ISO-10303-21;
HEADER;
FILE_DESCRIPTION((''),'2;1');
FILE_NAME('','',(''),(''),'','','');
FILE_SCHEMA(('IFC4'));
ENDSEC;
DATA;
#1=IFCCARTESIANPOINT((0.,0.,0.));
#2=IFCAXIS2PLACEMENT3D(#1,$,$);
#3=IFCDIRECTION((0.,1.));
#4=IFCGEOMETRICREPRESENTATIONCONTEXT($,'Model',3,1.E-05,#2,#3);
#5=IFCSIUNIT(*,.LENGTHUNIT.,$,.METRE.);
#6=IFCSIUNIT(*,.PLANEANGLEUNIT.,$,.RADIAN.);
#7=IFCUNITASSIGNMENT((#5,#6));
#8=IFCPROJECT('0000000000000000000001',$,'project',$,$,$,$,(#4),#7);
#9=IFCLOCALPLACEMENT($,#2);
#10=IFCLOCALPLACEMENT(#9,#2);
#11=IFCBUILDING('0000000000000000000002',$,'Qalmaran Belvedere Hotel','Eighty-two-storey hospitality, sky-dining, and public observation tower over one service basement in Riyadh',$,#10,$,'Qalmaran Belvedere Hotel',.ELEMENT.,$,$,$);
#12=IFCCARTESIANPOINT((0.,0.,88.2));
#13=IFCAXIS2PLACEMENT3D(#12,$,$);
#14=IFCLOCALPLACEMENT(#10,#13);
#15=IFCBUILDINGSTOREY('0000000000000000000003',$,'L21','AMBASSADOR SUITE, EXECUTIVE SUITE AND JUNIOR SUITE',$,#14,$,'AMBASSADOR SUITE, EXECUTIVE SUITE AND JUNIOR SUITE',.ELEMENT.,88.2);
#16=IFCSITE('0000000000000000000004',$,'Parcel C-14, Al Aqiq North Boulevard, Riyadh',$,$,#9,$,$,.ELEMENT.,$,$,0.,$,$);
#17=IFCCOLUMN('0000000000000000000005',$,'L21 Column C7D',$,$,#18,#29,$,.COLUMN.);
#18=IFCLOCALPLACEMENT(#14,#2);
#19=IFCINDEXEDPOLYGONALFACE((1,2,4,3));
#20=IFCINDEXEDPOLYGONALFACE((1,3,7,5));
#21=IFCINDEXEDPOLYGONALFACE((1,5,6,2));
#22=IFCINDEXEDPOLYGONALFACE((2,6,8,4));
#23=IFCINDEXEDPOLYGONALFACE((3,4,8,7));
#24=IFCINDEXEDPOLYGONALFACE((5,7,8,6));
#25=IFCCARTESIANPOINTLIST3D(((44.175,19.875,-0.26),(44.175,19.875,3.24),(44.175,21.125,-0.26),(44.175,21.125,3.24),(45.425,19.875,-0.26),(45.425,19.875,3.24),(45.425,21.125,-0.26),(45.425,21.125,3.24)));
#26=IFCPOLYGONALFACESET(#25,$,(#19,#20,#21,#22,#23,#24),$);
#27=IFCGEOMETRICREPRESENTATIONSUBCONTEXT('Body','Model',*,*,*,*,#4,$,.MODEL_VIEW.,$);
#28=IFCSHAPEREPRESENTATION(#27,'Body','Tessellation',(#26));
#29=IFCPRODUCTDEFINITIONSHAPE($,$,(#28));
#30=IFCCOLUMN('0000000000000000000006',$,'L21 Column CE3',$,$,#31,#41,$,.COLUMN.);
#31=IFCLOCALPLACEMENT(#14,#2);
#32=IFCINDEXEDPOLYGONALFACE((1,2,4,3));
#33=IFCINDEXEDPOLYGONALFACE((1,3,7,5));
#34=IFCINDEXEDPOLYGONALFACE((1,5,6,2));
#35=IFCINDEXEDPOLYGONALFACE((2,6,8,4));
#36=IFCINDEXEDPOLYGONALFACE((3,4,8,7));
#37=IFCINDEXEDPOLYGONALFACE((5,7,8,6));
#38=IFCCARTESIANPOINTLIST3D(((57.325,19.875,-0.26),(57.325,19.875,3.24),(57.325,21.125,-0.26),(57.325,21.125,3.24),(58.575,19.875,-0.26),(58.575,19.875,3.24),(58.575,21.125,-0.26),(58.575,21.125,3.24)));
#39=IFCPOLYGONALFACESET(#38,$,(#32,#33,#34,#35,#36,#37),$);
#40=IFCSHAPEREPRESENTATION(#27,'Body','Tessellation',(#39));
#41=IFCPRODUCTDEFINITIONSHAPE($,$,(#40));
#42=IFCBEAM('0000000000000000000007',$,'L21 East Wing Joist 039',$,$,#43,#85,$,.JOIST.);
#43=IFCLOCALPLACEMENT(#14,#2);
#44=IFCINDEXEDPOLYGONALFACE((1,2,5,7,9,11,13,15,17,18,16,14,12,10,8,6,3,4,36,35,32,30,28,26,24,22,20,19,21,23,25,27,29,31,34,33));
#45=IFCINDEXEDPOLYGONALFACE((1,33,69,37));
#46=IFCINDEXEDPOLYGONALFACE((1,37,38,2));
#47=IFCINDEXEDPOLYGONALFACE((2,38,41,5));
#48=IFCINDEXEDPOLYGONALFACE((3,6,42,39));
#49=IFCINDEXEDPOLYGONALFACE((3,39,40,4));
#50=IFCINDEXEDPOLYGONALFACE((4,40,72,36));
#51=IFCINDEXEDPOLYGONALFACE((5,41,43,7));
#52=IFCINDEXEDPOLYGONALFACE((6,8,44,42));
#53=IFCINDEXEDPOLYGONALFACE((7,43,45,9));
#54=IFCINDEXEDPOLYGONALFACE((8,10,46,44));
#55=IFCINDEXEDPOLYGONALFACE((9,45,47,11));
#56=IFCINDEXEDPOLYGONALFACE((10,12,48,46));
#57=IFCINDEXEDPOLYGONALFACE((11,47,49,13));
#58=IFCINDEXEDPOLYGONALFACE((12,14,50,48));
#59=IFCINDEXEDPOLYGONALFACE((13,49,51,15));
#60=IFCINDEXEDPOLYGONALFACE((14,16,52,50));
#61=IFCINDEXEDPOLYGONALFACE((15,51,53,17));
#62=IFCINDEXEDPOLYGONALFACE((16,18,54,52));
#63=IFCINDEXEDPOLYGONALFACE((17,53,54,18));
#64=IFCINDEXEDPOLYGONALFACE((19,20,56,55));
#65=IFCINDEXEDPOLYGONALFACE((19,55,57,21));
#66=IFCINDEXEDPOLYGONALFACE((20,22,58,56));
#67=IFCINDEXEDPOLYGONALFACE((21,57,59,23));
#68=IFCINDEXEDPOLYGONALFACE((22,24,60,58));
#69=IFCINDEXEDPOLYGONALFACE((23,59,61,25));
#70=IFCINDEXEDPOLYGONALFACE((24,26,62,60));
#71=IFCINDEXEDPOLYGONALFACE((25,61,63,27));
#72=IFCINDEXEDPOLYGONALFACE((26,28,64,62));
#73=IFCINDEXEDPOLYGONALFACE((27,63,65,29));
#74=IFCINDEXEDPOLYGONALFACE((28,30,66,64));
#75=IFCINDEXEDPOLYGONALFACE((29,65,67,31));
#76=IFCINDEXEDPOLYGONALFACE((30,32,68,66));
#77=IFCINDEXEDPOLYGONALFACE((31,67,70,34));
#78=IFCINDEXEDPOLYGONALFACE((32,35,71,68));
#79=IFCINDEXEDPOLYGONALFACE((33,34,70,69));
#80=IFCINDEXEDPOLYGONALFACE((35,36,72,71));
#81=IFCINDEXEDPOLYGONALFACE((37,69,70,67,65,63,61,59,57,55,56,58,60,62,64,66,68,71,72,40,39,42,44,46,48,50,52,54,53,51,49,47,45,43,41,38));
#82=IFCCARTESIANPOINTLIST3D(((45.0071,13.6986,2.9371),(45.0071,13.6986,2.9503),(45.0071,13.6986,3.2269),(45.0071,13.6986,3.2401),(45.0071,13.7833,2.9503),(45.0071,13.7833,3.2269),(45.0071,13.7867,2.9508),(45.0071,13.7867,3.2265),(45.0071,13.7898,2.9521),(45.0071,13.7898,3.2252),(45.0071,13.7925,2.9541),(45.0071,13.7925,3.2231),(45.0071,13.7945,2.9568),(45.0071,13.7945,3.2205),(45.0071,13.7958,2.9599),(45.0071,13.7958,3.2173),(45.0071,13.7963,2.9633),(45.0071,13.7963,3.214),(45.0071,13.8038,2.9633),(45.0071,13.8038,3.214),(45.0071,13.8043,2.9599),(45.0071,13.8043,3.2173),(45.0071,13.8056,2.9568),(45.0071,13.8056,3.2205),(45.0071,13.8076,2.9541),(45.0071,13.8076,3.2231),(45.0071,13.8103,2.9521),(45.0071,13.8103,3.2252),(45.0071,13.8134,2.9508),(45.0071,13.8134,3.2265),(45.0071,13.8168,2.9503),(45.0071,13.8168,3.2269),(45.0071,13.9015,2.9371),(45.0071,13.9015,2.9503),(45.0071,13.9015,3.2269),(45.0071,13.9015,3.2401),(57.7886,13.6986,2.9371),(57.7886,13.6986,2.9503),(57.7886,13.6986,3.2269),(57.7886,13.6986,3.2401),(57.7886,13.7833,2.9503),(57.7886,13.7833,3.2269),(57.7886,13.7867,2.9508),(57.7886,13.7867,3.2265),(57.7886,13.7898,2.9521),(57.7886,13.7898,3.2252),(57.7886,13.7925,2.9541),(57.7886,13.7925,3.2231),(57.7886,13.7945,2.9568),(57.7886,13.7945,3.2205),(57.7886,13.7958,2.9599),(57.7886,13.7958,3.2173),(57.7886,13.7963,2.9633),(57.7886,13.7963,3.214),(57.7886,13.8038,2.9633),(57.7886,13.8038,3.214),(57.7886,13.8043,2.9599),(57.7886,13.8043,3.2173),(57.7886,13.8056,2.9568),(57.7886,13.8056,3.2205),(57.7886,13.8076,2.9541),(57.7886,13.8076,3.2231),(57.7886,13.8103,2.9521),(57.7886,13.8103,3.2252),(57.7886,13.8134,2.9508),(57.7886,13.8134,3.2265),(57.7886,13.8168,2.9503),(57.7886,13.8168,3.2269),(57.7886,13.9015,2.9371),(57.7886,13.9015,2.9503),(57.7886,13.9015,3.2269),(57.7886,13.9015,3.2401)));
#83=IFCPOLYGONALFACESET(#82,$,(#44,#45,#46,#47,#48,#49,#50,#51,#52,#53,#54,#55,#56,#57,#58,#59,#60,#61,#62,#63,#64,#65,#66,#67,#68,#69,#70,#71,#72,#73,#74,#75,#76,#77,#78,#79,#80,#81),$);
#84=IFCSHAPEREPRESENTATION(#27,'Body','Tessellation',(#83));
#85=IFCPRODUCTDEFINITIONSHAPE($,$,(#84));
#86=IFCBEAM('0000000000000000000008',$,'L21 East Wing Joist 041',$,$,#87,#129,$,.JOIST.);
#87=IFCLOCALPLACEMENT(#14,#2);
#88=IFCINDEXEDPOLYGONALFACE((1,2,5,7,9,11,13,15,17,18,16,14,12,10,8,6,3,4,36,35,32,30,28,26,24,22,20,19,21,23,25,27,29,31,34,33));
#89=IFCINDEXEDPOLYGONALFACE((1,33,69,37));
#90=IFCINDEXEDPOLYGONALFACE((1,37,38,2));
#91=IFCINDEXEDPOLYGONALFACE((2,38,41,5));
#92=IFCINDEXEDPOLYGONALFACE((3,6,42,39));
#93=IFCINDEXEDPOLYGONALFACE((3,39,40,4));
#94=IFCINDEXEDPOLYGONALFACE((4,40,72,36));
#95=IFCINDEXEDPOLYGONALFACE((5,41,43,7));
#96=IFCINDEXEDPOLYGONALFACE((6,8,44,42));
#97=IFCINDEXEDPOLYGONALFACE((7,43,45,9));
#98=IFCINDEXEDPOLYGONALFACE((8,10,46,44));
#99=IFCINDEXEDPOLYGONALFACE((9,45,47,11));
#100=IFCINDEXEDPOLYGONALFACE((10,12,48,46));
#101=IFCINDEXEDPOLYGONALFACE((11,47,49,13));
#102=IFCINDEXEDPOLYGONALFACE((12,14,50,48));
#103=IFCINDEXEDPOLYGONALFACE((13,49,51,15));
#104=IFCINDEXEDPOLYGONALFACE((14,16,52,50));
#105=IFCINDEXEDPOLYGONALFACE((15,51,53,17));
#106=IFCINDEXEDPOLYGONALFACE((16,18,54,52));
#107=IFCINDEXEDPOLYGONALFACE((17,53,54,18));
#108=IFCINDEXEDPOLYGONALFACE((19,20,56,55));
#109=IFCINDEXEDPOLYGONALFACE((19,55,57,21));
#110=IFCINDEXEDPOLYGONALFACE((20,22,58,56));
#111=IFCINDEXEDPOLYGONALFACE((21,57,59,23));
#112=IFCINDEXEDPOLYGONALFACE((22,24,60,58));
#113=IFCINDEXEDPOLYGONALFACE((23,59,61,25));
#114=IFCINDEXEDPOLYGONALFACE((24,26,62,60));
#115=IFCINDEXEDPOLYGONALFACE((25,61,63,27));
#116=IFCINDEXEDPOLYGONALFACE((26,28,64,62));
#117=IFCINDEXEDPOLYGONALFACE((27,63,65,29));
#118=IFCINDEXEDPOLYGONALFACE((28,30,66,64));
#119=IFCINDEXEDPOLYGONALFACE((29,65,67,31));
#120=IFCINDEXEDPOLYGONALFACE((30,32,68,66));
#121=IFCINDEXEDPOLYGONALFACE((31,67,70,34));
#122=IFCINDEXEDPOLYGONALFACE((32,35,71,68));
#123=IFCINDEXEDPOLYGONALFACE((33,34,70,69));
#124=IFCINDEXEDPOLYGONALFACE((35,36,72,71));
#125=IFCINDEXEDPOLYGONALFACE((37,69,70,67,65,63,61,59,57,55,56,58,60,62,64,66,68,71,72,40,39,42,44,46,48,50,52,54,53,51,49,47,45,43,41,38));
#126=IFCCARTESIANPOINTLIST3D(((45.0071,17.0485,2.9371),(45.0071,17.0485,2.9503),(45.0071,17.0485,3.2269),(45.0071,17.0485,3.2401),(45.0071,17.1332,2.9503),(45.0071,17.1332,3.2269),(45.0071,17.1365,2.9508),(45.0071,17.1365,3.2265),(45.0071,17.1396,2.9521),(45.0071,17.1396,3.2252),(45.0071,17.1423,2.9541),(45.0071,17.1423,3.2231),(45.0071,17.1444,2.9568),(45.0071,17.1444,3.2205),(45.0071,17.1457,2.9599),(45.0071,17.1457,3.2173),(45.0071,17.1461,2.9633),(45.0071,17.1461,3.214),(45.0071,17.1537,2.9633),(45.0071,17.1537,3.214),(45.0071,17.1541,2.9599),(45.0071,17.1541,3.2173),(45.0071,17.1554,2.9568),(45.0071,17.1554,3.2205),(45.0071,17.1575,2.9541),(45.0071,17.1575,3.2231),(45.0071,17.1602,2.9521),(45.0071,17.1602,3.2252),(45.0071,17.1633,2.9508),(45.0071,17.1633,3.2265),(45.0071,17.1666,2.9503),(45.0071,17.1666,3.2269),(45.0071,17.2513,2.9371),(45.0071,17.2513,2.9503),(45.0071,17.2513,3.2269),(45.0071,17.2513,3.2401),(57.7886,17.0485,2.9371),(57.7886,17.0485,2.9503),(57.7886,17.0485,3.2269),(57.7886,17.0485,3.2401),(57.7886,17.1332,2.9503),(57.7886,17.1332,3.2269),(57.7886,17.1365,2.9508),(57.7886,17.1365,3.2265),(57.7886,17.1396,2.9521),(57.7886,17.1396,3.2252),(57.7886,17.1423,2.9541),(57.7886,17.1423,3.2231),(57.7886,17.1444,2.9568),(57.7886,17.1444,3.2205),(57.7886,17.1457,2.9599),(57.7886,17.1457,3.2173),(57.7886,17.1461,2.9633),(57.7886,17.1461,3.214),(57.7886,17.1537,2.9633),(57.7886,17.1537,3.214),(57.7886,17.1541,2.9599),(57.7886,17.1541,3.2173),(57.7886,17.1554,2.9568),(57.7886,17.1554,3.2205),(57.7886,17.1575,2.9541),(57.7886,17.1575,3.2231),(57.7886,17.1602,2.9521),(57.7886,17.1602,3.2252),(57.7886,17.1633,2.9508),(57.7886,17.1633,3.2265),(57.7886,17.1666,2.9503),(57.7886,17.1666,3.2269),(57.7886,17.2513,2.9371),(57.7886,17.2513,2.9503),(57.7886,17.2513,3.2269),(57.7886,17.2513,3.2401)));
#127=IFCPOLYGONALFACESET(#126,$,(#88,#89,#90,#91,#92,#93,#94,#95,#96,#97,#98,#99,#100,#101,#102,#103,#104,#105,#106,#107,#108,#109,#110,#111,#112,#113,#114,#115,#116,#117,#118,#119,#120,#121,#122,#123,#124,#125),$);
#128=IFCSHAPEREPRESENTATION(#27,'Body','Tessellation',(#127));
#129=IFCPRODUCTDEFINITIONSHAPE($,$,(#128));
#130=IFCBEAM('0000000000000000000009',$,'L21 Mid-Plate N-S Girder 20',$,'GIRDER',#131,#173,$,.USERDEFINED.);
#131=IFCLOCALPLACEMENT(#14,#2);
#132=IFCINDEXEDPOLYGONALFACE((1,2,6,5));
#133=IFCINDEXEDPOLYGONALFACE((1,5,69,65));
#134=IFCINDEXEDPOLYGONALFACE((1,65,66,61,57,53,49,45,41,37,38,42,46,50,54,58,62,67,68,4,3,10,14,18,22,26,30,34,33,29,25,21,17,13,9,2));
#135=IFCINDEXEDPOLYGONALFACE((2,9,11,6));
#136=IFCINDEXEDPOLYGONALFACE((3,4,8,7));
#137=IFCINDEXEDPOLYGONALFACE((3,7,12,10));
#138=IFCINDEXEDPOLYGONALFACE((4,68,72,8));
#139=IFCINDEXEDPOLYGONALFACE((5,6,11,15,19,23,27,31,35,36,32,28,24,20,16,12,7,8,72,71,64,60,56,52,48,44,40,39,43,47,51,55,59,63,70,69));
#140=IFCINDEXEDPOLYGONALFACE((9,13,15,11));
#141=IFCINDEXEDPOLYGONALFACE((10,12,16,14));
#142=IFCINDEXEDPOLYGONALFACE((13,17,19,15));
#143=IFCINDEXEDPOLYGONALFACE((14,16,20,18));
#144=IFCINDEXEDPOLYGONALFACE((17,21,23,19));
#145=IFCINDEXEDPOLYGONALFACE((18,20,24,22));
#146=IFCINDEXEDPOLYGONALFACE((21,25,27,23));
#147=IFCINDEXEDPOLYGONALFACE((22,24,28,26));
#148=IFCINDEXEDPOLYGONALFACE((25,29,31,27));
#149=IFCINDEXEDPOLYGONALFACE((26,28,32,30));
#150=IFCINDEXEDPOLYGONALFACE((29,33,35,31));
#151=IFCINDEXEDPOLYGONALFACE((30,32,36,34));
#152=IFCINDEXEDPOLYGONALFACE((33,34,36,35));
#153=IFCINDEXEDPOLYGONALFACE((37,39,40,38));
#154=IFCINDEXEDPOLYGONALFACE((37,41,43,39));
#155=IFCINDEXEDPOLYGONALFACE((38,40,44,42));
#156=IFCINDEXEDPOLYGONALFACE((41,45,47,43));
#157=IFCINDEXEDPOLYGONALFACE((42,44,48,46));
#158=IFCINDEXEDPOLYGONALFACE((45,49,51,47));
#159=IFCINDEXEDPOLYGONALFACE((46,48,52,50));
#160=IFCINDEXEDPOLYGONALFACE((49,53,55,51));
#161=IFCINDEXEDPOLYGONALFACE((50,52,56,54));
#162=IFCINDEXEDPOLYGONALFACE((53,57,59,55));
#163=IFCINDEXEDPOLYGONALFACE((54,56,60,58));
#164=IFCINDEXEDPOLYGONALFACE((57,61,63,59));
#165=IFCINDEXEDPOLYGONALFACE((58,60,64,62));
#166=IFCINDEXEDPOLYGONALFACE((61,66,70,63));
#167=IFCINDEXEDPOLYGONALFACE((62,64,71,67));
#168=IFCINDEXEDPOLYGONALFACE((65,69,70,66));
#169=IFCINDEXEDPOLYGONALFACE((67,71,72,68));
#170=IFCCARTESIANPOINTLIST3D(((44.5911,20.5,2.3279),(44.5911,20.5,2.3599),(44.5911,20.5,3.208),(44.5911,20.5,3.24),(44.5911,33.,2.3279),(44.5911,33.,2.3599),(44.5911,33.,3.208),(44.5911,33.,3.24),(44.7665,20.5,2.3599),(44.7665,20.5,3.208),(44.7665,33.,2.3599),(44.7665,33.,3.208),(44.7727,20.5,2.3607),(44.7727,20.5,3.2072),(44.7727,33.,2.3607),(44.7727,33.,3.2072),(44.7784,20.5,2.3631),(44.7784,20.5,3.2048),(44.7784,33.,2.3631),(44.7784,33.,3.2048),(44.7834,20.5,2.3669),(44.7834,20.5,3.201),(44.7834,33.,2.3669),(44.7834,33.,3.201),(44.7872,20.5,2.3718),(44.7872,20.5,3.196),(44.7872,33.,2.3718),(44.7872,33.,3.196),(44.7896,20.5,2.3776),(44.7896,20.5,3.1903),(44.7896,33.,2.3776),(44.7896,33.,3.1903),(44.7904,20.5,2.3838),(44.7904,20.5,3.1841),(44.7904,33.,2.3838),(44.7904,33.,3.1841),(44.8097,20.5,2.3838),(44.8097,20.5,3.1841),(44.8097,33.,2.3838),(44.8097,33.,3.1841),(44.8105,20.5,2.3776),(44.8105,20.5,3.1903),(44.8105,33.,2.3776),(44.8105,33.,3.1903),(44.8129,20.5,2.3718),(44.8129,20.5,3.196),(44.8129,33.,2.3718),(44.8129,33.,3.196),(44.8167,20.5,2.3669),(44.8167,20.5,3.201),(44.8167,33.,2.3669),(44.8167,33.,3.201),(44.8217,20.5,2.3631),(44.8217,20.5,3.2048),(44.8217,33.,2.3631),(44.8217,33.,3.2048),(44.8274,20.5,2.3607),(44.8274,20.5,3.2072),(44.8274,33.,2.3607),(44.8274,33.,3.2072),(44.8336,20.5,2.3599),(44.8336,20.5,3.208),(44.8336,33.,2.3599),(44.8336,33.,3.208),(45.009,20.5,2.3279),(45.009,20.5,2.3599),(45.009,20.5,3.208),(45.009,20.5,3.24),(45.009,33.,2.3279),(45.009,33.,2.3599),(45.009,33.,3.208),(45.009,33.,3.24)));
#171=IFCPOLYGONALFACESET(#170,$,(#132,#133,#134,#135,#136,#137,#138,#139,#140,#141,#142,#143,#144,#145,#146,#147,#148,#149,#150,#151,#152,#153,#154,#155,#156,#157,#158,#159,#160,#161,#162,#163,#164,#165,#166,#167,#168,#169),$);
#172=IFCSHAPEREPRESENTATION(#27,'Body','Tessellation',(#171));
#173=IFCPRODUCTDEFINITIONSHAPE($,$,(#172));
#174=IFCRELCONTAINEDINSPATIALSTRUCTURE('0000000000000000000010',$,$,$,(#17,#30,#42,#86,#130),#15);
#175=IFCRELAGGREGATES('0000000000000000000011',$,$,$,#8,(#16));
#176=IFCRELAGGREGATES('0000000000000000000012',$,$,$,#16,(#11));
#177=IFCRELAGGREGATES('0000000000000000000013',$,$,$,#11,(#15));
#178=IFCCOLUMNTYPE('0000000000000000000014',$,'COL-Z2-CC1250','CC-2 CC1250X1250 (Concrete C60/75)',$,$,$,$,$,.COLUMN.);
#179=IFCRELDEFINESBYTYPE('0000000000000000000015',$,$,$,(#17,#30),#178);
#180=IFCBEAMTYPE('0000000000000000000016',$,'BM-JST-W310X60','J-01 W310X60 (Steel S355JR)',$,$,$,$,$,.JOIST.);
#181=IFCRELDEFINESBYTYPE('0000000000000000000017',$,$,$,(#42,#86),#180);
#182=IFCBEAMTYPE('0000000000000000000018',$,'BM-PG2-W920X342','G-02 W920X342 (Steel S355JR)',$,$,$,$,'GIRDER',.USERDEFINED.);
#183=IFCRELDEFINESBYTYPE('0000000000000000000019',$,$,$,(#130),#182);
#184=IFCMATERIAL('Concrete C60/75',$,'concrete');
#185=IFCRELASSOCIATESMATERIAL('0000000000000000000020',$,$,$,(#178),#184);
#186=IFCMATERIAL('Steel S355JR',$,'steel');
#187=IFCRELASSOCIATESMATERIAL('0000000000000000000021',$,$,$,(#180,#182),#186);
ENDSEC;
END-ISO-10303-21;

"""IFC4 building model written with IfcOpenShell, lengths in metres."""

from ifc_helpers import new_model, si_unit, direction, frame, origin, origin_2d, place, context, subcontext, project, spatial, rectangle, i_section, extrude, material, material_profile, profile_set, type_object, element, save


model = new_model("IFC4")

# Units and contexts
model_context = context("Model", 3, precision=1e-05, world=origin(), true_north=direction((0.0, 1.0)))
body_context = subcontext(model_context, "Body", "Model", "MODEL_VIEW")
ifc_project = project(units=[si_unit("LENGTHUNIT", "METRE"), si_unit("PLANEANGLEUNIT", "RADIAN")], contexts=[model_context])

# Site, building, storey
site_placement = place(None, origin())
site = spatial("IfcSite", under=ifc_project, at=site_placement, Name="Parcel C-14, Al Aqiq North Boulevard, Riyadh", CompositionType="ELEMENT", RefElevation=0.0)
building_placement = place(site_placement, origin())
building = spatial("IfcBuilding", under=site, at=building_placement, Name="Qalmaran Belvedere Hotel", Description="Eighty-two-storey hospitality, sky-dining, and public observation tower over one service basement in Riyadh", LongName="Qalmaran Belvedere Hotel", CompositionType="ELEMENT")
storey_placement = place(building_placement, frame((0.0, 0.0, 88.2)))
storey = spatial("IfcBuildingStorey", under=building, at=storey_placement, Name="L21", Description="AMBASSADOR SUITE, EXECUTIVE SUITE AND JUNIOR SUITE", LongName="AMBASSADOR SUITE, EXECUTIVE SUITE AND JUNIOR SUITE", CompositionType="ELEMENT", Elevation=88.2)

# Columns
ifc_material_1 = material(Name="Concrete C60/75", Category="concrete")
ifc_material_profile_1 = material_profile(ifc_material_1, rectangle(XDim=1.25, YDim=1.25, at=origin_2d()), Name="CC1250X1250")
ifc_profile_set_1 = profile_set([ifc_material_profile_1], Name="Concrete C60/75")
column_type = type_object("IfcColumnType", Name="COL-Z2-CC1250", Description="CC-2 CC1250X1250 (Concrete C60/75)", PredefinedType="COLUMN", material=ifc_profile_set_1)
for number, where, z_axis, x_axis, name in (
    (1, (44.8, 20.5, -0.26), (0.0, 0.0, 1.0), (1.0, 0.0, 0.0), "L21 Column C7D"),
    (2, (57.95, 20.5, -0.26), (0.0, 0.0, 1.0), (1.0, 0.0, 0.0), "L21 Column CE3"),
):
    element("IfcColumn", number, at=place(storey_placement, frame(where, z_axis=z_axis, x_axis=x_axis)), inside=storey, type_object=column_type, Name=name, PredefinedType="COLUMN", context=body_context, shape_type="SweptSolid", body=[
        extrude(rectangle(XDim=1.25, YDim=1.25, at=origin_2d()), origin(), (0.0, 0.0, 1.0), 3.5),
    ])

# Beams
ifc_material_2 = material(Name="Steel S355JR", Category="steel")
ifc_material_profile_2 = material_profile(ifc_material_2, i_section(OverallWidth=0.2029, OverallDepth=0.303, WebThickness=0.0076, FlangeThickness=0.0132, FilletRadius=0.0129, at=origin_2d()), Name="W310X60")
ifc_profile_set_2 = profile_set([ifc_material_profile_2], Name="Steel S355JR")
beam_type_1 = type_object("IfcBeamType", Name="BM-JST-W310X60", Description="J-01 W310X60 (Steel S355JR)", PredefinedType="JOIST", material=ifc_profile_set_2)
for number, where, z_axis, x_axis, name in (
    (3, (45.0071, 13.8, 3.0886), (1.0, 0.0, 0.0), (0.0, 1.0, 0.0), "L21 East Wing Joist 039"),
    (4, (45.0071, 17.1499, 3.0886), (1.0, 0.0, 0.0), (0.0, 1.0, 0.0), "L21 East Wing Joist 041"),
):
    element("IfcBeam", number, at=place(storey_placement, frame(where, z_axis=z_axis, x_axis=x_axis)), inside=storey, type_object=beam_type_1, Name=name, PredefinedType="JOIST", context=body_context, shape_type="SweptSolid", body=[
        extrude(i_section(OverallWidth=0.2029, OverallDepth=0.303, WebThickness=0.0076, FlangeThickness=0.0132, FilletRadius=0.0129, at=origin_2d()), origin(), (0.0, 0.0, 1.0), 12.7815),
    ])
ifc_material_profile_3 = material_profile(ifc_material_2, i_section(OverallWidth=0.418, OverallDepth=0.9121, WebThickness=0.0193, FlangeThickness=0.032, FilletRadius=0.0239, at=origin_2d()), Name="W920X342")
ifc_profile_set_3 = profile_set([ifc_material_profile_3], Name="Steel S355JR")
beam_type_2 = type_object("IfcBeamType", Name="BM-PG2-W920X342", Description="G-02 W920X342 (Steel S355JR)", ElementType="GIRDER", PredefinedType="USERDEFINED", material=ifc_profile_set_3)
beam_1_placement = place(storey_placement, frame((44.8, 20.5, 2.7839), z_axis=(0.0, 1.0, 0.0), x_axis=(-1.0, 0.0, 0.0)))
element("IfcBeam", 5, at=beam_1_placement, inside=storey, type_object=beam_type_2, Name="L21 Mid-Plate N-S Girder 20", ObjectType="GIRDER", PredefinedType="USERDEFINED", context=body_context, shape_type="SweptSolid", body=[
    extrude(i_section(OverallWidth=0.418, OverallDepth=0.9121, WebThickness=0.0193, FlangeThickness=0.032, FilletRadius=0.0239, at=origin_2d()), origin(), (0.0, 0.0, 1.0), 12.5),
])

save(model, "model.ifc")
